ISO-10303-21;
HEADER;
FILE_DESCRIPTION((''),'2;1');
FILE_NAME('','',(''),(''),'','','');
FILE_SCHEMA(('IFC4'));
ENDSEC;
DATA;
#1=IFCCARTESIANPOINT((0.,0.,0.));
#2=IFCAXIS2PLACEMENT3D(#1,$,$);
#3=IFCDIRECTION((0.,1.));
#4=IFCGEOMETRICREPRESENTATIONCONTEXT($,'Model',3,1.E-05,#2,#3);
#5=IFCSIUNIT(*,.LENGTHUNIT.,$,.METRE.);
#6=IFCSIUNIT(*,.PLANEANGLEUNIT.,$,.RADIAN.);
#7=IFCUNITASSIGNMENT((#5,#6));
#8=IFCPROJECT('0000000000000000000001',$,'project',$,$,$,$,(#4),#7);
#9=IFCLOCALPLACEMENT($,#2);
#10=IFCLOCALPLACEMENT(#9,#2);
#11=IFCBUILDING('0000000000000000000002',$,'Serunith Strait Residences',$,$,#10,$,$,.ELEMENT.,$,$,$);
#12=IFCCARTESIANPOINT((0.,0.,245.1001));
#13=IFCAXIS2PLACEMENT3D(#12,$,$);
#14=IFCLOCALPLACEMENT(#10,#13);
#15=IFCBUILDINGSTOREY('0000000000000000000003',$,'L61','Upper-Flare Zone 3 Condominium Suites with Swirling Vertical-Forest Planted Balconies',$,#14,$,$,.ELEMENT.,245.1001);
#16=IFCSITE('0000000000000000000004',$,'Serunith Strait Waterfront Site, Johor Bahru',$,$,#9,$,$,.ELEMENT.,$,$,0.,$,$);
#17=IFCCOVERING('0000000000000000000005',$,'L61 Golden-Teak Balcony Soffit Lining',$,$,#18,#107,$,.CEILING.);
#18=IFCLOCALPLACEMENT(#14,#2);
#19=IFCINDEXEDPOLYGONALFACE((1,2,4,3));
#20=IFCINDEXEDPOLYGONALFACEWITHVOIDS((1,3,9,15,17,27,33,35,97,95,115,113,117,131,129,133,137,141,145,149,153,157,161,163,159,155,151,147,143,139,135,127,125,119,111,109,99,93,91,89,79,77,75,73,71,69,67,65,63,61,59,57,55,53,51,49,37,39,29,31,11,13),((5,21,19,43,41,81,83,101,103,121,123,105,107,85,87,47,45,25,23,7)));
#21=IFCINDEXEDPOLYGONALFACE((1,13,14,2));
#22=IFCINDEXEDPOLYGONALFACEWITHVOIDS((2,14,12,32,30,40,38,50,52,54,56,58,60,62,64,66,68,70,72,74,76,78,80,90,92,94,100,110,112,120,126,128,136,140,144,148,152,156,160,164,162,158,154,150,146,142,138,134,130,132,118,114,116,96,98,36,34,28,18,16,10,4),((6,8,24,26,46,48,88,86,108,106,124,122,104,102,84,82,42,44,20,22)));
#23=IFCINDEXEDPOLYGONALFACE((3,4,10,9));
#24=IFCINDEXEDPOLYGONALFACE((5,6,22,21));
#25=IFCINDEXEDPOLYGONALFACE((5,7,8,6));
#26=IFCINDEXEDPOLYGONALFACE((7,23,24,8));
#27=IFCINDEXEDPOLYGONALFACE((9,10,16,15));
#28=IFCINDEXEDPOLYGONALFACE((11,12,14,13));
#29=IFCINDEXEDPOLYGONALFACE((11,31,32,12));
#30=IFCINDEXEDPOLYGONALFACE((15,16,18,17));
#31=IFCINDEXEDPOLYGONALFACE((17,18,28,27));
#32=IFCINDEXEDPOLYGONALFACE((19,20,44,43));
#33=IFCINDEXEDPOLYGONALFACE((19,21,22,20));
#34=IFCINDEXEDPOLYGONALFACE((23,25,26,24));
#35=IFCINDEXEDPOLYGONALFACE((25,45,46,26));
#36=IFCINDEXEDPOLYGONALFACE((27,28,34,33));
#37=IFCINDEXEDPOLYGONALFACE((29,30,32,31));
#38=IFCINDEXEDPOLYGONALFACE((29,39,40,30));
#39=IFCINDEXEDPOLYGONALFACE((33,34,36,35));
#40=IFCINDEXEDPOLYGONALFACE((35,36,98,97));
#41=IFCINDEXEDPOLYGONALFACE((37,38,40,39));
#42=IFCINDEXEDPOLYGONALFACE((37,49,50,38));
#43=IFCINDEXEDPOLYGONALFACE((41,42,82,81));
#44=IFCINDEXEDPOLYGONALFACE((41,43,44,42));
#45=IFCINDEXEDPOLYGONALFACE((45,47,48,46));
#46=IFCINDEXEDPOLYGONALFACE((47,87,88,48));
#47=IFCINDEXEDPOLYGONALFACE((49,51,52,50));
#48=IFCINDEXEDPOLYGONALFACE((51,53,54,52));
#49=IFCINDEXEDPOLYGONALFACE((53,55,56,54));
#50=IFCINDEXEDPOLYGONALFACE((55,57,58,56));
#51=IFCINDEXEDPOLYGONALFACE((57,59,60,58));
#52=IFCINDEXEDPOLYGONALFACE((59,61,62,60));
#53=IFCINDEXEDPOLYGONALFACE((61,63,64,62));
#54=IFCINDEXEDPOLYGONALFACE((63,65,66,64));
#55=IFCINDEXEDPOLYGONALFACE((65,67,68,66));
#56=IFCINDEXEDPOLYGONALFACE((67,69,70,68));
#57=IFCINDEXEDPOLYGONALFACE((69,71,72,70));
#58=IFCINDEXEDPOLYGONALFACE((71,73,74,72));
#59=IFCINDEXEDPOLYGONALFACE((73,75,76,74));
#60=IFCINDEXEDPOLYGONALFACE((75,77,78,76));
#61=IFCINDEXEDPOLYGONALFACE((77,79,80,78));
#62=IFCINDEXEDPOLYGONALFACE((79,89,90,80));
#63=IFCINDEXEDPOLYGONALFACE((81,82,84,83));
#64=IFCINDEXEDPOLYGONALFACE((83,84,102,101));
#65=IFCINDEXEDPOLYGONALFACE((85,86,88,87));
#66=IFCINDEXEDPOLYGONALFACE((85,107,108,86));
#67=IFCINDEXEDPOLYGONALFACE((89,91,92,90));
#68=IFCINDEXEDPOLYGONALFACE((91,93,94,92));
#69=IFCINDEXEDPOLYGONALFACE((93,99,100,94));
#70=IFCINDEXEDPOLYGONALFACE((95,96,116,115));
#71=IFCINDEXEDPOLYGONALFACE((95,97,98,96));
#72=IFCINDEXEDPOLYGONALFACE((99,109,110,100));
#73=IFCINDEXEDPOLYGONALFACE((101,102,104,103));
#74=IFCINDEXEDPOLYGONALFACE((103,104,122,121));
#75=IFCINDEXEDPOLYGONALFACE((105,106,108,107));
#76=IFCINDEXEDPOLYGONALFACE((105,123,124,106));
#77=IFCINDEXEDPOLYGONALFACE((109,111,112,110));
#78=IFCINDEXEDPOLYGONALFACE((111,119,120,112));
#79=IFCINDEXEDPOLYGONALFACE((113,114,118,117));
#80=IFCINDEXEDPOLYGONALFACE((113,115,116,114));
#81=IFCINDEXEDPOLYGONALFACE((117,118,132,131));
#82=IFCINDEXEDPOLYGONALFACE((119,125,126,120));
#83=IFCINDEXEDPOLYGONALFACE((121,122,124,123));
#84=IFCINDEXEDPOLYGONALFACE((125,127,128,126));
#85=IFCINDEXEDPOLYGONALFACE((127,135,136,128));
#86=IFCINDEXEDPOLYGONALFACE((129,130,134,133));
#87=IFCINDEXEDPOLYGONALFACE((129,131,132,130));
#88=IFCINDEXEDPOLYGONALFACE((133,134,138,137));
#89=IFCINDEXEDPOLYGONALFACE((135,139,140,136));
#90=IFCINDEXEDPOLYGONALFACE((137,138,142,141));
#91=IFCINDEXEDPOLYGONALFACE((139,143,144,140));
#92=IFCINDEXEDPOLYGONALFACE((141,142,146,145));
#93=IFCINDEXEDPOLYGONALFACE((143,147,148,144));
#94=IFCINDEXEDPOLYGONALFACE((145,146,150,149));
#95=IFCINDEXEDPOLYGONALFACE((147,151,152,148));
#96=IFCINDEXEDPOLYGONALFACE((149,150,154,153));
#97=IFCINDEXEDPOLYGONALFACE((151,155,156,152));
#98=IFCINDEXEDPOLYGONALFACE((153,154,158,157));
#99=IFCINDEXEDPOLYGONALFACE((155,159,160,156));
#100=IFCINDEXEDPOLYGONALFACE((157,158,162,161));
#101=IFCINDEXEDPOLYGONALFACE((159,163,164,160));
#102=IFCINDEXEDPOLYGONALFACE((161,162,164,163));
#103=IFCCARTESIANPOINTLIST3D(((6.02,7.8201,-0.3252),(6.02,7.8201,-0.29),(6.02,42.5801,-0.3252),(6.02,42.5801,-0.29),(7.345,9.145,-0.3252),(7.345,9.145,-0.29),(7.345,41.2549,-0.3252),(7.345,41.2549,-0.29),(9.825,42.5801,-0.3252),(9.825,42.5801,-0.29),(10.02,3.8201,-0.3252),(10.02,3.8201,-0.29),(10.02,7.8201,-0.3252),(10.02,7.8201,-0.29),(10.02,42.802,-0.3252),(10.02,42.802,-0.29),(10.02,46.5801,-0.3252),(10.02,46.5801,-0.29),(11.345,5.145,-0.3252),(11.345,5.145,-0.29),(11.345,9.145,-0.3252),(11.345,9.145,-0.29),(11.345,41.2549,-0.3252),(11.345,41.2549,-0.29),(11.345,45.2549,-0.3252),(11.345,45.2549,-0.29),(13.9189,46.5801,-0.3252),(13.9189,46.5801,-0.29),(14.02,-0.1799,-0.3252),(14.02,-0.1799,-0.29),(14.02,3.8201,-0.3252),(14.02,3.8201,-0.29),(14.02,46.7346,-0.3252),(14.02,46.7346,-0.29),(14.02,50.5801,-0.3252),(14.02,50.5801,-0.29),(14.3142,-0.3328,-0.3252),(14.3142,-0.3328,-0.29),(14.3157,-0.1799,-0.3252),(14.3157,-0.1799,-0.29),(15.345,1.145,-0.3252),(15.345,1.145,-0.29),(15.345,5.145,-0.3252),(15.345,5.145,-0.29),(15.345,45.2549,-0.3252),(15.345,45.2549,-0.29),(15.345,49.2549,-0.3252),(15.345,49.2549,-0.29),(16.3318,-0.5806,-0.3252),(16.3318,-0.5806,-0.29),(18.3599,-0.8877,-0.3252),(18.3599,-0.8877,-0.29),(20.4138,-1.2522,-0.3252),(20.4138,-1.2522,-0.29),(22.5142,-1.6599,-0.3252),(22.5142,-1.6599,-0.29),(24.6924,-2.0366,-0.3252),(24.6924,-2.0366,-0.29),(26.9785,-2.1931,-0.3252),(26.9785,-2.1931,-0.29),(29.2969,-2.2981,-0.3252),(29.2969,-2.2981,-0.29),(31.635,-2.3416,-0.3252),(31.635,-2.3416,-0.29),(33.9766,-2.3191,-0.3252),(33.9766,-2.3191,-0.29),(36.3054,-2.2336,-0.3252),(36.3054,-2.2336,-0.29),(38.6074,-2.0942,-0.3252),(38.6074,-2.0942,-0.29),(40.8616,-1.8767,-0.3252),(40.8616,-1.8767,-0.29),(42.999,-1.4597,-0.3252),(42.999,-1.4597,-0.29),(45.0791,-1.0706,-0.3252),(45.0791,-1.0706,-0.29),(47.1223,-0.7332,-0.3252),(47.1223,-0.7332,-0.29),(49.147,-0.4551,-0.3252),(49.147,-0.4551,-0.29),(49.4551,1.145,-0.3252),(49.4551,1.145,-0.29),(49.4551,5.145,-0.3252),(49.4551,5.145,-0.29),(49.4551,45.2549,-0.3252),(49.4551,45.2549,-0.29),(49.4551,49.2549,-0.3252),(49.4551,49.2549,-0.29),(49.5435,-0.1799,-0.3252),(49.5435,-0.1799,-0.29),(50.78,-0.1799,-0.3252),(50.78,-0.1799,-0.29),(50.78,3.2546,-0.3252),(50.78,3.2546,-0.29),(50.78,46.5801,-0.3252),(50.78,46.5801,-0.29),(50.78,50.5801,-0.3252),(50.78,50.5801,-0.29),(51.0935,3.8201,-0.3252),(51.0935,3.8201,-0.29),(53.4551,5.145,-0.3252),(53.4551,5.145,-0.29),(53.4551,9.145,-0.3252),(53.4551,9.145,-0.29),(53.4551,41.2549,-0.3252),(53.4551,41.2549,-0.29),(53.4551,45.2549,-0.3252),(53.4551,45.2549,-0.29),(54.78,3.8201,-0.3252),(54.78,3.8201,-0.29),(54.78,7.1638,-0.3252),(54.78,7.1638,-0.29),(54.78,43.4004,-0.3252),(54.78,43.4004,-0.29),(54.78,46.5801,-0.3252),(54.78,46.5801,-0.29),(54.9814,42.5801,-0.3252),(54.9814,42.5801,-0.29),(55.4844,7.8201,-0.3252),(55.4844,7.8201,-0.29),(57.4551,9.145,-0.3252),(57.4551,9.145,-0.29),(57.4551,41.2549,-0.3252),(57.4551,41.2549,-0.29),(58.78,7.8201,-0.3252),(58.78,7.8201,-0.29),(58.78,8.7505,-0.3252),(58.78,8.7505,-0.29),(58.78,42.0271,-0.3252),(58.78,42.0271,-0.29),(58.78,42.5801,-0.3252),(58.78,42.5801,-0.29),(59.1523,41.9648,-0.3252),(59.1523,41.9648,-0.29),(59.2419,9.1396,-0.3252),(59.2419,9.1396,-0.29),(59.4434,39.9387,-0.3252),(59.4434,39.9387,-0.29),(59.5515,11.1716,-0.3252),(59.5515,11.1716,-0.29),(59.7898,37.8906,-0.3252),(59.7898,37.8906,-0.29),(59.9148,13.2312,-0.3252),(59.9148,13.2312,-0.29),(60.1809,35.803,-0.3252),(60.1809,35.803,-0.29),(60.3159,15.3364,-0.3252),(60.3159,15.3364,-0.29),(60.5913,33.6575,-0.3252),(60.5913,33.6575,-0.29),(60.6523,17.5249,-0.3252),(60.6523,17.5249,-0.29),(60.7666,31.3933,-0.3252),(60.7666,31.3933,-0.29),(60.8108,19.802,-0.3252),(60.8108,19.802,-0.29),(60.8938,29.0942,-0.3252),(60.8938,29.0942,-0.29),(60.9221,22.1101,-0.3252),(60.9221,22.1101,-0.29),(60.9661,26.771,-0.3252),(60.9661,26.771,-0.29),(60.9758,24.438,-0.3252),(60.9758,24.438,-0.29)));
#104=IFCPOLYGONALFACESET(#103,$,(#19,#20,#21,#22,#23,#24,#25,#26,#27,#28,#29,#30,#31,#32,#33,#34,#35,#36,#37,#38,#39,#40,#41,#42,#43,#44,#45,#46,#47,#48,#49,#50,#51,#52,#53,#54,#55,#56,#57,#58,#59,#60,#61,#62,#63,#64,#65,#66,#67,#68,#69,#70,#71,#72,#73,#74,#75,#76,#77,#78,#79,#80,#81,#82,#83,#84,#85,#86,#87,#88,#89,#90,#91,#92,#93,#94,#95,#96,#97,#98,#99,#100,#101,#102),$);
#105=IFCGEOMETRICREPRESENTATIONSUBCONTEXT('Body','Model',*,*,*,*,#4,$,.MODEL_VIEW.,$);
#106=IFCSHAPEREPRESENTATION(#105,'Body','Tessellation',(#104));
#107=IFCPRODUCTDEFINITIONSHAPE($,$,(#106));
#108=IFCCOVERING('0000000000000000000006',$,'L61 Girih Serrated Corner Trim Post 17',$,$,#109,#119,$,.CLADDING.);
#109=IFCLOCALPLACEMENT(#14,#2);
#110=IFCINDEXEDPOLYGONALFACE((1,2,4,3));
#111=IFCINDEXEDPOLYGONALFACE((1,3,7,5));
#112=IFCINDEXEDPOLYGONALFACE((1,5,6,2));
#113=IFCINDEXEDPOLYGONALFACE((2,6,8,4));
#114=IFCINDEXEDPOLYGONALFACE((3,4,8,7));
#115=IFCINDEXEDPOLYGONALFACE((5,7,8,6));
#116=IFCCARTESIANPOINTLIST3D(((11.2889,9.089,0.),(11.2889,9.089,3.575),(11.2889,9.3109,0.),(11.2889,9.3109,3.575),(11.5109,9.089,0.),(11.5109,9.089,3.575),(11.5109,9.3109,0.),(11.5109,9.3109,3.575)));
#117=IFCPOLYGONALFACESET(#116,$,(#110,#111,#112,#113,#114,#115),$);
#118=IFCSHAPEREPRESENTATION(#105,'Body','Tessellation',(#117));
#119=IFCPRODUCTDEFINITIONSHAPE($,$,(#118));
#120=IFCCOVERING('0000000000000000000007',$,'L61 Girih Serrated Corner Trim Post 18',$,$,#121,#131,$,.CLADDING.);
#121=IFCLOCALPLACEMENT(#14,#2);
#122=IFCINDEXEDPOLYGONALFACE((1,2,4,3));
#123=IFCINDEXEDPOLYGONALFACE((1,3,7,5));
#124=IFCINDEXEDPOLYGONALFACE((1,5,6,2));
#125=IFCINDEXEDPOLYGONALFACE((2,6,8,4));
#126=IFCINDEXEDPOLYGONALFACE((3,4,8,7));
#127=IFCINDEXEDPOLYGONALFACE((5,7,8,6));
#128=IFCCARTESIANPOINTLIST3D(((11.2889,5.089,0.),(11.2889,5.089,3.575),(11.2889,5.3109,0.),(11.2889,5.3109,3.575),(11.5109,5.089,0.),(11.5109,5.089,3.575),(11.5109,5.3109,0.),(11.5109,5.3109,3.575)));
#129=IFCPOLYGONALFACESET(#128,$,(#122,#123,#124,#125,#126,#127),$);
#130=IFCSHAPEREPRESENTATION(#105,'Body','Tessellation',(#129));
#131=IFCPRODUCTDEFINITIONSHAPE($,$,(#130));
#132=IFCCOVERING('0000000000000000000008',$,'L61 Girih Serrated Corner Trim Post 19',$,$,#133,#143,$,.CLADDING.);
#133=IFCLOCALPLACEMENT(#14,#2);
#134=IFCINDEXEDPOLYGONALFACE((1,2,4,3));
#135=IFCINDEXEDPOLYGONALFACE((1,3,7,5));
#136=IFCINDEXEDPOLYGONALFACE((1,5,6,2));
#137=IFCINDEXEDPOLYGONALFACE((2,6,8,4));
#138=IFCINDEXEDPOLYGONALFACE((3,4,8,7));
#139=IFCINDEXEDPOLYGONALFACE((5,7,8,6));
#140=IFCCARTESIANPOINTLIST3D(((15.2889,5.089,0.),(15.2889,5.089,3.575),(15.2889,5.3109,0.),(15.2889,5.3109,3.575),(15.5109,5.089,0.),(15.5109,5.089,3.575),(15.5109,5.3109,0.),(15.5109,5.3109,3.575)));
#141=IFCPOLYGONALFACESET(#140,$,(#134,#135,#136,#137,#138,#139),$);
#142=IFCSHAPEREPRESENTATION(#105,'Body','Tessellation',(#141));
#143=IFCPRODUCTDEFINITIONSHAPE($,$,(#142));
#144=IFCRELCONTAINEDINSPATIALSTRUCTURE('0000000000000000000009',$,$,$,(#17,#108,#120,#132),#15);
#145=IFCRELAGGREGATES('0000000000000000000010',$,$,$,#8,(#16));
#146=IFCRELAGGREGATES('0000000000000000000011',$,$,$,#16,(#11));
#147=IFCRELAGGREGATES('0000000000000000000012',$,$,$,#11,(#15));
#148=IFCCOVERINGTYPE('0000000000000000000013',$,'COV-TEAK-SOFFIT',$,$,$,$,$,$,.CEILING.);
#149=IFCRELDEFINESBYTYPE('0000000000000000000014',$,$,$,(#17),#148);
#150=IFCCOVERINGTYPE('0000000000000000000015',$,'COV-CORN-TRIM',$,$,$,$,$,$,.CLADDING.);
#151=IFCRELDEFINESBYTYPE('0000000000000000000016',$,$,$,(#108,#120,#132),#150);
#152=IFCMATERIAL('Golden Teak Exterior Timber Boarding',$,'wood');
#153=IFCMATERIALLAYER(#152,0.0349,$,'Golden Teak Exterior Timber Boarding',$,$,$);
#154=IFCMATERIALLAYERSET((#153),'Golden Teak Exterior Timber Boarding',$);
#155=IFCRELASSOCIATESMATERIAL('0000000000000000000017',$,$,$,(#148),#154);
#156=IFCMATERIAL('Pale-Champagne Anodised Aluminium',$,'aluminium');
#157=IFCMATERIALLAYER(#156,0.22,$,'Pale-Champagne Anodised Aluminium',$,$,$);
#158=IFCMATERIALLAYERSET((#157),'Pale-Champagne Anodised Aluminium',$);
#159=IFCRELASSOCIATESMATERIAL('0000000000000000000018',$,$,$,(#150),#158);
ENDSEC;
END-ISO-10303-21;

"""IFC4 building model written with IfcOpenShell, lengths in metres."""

from ifc_helpers import new_model, si_unit, direction, frame, origin, origin_2d, place, context, subcontext, project, spatial, polyline, rectangle, outline, extrude, source, transform, mapped, material, layer, layer_set, type_object, element, save


model = new_model("IFC4")

# Units and contexts
model_context = context("Model", 3, precision=1e-05, world=origin(), true_north=direction((0.0, 1.0)))
body_context = subcontext(model_context, "Body", "Model", "MODEL_VIEW")
ifc_project = project(units=[si_unit("LENGTHUNIT", "METRE"), si_unit("PLANEANGLEUNIT", "RADIAN")], contexts=[model_context])

# Site, building, storey
site_placement = place(None, origin())
site = spatial("IfcSite", under=ifc_project, at=site_placement, Name="Serunith Strait Waterfront Site, Johor Bahru", CompositionType="ELEMENT", RefElevation=0.0)
building_placement = place(site_placement, origin())
building = spatial("IfcBuilding", under=site, at=building_placement, Name="Serunith Strait Residences", CompositionType="ELEMENT")
storey_placement = place(building_placement, frame((0.0, 0.0, 245.1001)))
storey = spatial("IfcBuildingStorey", under=building, at=storey_placement, Name="L61", Description="Upper-Flare Zone 3 Condominium Suites with Swirling Vertical-Forest Planted Balconies", CompositionType="ELEMENT", Elevation=245.1001)

# Shared definitions
ifc_material_1 = material(Name="Pale-Champagne Anodised Aluminium", Category="aluminium")

# Covering
ifc_material_2 = material(Name="Golden Teak Exterior Timber Boarding", Category="wood")
ifc_layer_1 = layer(ifc_material_2, 0.0349, Name="Golden Teak Exterior Timber Boarding")
ifc_layer_set_1 = layer_set([ifc_layer_1], Name="Golden Teak Exterior Timber Boarding")
covering_type_1 = type_object("IfcCoveringType", Name="COV-TEAK-SOFFIT", PredefinedType="CEILING", material=ifc_layer_set_1)
covering_placement = place(storey_placement, frame((0.0, 0.0, -0.3252)))
element("IfcCovering", 1, at=covering_placement, inside=storey, type_object=covering_type_1, Name="L61 Golden-Teak Balcony Soffit Lining", PredefinedType="CEILING", context=body_context, shape_type="SweptSolid", body=[
    extrude(outline(polyline([(14.02, -0.1799), (14.02, 3.8201), (10.02, 3.8201), (10.02, 7.8201), (6.02, 7.8201), (6.02, 42.5801), (9.825, 42.5801), (10.02, 42.802), (10.02, 46.5801), (13.9189, 46.5801), (14.02, 46.7346), (14.02, 50.5801), (50.78, 50.5801), (50.78, 46.5801), (54.78, 46.5801), (54.78, 43.4004), (54.9814, 42.5801), (58.78, 42.5801), (58.78, 42.0271), (59.1523, 41.9648), (59.4434, 39.9387), (59.7898, 37.8906), (60.1809, 35.803), (60.5913, 33.6575), (60.7666, 31.3933), (60.8938, 29.0942), (60.9661, 26.771), (60.9758, 24.438), (60.9221, 22.1101), (60.8108, 19.802), (60.6523, 17.5249), (60.3159, 15.3364), (59.9148, 13.2312), (59.5515, 11.1716), (59.2419, 9.1396), (58.78, 8.7505), (58.78, 7.8201), (55.4844, 7.8201), (54.78, 7.1638), (54.78, 3.8201), (51.0935, 3.8201), (50.78, 3.2546), (50.78, -0.1799), (49.5435, -0.1799), (49.147, -0.4551), (47.1223, -0.7332), (45.0791, -1.0706), (42.999, -1.4597), (40.8616, -1.8767), (38.6074, -2.0942), (36.3054, -2.2336), (33.9766, -2.3191), (31.635, -2.3416), (29.2969, -2.2981), (26.9785, -2.1931), (24.6924, -2.0366), (22.5142, -1.6599), (20.4138, -1.2522), (18.3599, -0.8877), (16.3318, -0.5806), (14.3142, -0.3328), (14.3157, -0.1799), (14.02, -0.1799)]), holes=[polyline([(49.4551, 1.145), (49.4551, 5.145), (53.4551, 5.145), (53.4551, 9.145), (57.4551, 9.145), (57.4551, 41.2549), (53.4551, 41.2549), (53.4551, 45.2549), (49.4551, 45.2549), (49.4551, 49.2549), (15.345, 49.2549), (15.345, 45.2549), (11.345, 45.2549), (11.345, 41.2549), (7.345, 41.2549), (7.345, 9.145), (11.345, 9.145), (11.345, 5.145), (15.345, 5.145), (15.345, 1.145), (49.4551, 1.145)])]), origin(), (0.0, 0.0, 1.0), 0.0352),
])

# Coverings
ifc_layer_2 = layer(ifc_material_1, 0.22, Name="Pale-Champagne Anodised Aluminium")
ifc_layer_set_2 = layer_set([ifc_layer_2], Name="Pale-Champagne Anodised Aluminium")
covering_type_2 = type_object("IfcCoveringType", Name="COV-CORN-TRIM", PredefinedType="CLADDING", material=ifc_layer_set_2)
shared_shape_1 = source(origin(), body_context, "Body", "SweptSolid", [
    extrude(rectangle(XDim=0.2219, YDim=0.2219, at=origin_2d()), origin(), (0.0, 0.0, 1.0), 3.575),
])
for number, where, z_axis, x_axis, name in (
    (2, (11.3999, 9.2, 0.0), (0.0, 0.0, 1.0), (1.0, 0.0, 0.0), "L61 Girih Serrated Corner Trim Post 17"),
    (3, (11.3999, 5.2, 0.0), (0.0, 0.0, 1.0), (1.0, 0.0, 0.0), "L61 Girih Serrated Corner Trim Post 18"),
    (4, (15.3999, 5.2, 0.0), (0.0, 0.0, 1.0), (1.0, 0.0, 0.0), "L61 Girih Serrated Corner Trim Post 19"),
):
    element("IfcCovering", number, at=place(storey_placement, frame(where, z_axis=z_axis, x_axis=x_axis)), inside=storey, type_object=covering_type_2, Name=name, PredefinedType="CLADDING", context=body_context, shape_type="MappedRepresentation", body=[
        mapped(shared_shape_1, transform((0.0, 0.0, 0.0), scale=1.0)),
    ])

save(model, "model.ifc")
